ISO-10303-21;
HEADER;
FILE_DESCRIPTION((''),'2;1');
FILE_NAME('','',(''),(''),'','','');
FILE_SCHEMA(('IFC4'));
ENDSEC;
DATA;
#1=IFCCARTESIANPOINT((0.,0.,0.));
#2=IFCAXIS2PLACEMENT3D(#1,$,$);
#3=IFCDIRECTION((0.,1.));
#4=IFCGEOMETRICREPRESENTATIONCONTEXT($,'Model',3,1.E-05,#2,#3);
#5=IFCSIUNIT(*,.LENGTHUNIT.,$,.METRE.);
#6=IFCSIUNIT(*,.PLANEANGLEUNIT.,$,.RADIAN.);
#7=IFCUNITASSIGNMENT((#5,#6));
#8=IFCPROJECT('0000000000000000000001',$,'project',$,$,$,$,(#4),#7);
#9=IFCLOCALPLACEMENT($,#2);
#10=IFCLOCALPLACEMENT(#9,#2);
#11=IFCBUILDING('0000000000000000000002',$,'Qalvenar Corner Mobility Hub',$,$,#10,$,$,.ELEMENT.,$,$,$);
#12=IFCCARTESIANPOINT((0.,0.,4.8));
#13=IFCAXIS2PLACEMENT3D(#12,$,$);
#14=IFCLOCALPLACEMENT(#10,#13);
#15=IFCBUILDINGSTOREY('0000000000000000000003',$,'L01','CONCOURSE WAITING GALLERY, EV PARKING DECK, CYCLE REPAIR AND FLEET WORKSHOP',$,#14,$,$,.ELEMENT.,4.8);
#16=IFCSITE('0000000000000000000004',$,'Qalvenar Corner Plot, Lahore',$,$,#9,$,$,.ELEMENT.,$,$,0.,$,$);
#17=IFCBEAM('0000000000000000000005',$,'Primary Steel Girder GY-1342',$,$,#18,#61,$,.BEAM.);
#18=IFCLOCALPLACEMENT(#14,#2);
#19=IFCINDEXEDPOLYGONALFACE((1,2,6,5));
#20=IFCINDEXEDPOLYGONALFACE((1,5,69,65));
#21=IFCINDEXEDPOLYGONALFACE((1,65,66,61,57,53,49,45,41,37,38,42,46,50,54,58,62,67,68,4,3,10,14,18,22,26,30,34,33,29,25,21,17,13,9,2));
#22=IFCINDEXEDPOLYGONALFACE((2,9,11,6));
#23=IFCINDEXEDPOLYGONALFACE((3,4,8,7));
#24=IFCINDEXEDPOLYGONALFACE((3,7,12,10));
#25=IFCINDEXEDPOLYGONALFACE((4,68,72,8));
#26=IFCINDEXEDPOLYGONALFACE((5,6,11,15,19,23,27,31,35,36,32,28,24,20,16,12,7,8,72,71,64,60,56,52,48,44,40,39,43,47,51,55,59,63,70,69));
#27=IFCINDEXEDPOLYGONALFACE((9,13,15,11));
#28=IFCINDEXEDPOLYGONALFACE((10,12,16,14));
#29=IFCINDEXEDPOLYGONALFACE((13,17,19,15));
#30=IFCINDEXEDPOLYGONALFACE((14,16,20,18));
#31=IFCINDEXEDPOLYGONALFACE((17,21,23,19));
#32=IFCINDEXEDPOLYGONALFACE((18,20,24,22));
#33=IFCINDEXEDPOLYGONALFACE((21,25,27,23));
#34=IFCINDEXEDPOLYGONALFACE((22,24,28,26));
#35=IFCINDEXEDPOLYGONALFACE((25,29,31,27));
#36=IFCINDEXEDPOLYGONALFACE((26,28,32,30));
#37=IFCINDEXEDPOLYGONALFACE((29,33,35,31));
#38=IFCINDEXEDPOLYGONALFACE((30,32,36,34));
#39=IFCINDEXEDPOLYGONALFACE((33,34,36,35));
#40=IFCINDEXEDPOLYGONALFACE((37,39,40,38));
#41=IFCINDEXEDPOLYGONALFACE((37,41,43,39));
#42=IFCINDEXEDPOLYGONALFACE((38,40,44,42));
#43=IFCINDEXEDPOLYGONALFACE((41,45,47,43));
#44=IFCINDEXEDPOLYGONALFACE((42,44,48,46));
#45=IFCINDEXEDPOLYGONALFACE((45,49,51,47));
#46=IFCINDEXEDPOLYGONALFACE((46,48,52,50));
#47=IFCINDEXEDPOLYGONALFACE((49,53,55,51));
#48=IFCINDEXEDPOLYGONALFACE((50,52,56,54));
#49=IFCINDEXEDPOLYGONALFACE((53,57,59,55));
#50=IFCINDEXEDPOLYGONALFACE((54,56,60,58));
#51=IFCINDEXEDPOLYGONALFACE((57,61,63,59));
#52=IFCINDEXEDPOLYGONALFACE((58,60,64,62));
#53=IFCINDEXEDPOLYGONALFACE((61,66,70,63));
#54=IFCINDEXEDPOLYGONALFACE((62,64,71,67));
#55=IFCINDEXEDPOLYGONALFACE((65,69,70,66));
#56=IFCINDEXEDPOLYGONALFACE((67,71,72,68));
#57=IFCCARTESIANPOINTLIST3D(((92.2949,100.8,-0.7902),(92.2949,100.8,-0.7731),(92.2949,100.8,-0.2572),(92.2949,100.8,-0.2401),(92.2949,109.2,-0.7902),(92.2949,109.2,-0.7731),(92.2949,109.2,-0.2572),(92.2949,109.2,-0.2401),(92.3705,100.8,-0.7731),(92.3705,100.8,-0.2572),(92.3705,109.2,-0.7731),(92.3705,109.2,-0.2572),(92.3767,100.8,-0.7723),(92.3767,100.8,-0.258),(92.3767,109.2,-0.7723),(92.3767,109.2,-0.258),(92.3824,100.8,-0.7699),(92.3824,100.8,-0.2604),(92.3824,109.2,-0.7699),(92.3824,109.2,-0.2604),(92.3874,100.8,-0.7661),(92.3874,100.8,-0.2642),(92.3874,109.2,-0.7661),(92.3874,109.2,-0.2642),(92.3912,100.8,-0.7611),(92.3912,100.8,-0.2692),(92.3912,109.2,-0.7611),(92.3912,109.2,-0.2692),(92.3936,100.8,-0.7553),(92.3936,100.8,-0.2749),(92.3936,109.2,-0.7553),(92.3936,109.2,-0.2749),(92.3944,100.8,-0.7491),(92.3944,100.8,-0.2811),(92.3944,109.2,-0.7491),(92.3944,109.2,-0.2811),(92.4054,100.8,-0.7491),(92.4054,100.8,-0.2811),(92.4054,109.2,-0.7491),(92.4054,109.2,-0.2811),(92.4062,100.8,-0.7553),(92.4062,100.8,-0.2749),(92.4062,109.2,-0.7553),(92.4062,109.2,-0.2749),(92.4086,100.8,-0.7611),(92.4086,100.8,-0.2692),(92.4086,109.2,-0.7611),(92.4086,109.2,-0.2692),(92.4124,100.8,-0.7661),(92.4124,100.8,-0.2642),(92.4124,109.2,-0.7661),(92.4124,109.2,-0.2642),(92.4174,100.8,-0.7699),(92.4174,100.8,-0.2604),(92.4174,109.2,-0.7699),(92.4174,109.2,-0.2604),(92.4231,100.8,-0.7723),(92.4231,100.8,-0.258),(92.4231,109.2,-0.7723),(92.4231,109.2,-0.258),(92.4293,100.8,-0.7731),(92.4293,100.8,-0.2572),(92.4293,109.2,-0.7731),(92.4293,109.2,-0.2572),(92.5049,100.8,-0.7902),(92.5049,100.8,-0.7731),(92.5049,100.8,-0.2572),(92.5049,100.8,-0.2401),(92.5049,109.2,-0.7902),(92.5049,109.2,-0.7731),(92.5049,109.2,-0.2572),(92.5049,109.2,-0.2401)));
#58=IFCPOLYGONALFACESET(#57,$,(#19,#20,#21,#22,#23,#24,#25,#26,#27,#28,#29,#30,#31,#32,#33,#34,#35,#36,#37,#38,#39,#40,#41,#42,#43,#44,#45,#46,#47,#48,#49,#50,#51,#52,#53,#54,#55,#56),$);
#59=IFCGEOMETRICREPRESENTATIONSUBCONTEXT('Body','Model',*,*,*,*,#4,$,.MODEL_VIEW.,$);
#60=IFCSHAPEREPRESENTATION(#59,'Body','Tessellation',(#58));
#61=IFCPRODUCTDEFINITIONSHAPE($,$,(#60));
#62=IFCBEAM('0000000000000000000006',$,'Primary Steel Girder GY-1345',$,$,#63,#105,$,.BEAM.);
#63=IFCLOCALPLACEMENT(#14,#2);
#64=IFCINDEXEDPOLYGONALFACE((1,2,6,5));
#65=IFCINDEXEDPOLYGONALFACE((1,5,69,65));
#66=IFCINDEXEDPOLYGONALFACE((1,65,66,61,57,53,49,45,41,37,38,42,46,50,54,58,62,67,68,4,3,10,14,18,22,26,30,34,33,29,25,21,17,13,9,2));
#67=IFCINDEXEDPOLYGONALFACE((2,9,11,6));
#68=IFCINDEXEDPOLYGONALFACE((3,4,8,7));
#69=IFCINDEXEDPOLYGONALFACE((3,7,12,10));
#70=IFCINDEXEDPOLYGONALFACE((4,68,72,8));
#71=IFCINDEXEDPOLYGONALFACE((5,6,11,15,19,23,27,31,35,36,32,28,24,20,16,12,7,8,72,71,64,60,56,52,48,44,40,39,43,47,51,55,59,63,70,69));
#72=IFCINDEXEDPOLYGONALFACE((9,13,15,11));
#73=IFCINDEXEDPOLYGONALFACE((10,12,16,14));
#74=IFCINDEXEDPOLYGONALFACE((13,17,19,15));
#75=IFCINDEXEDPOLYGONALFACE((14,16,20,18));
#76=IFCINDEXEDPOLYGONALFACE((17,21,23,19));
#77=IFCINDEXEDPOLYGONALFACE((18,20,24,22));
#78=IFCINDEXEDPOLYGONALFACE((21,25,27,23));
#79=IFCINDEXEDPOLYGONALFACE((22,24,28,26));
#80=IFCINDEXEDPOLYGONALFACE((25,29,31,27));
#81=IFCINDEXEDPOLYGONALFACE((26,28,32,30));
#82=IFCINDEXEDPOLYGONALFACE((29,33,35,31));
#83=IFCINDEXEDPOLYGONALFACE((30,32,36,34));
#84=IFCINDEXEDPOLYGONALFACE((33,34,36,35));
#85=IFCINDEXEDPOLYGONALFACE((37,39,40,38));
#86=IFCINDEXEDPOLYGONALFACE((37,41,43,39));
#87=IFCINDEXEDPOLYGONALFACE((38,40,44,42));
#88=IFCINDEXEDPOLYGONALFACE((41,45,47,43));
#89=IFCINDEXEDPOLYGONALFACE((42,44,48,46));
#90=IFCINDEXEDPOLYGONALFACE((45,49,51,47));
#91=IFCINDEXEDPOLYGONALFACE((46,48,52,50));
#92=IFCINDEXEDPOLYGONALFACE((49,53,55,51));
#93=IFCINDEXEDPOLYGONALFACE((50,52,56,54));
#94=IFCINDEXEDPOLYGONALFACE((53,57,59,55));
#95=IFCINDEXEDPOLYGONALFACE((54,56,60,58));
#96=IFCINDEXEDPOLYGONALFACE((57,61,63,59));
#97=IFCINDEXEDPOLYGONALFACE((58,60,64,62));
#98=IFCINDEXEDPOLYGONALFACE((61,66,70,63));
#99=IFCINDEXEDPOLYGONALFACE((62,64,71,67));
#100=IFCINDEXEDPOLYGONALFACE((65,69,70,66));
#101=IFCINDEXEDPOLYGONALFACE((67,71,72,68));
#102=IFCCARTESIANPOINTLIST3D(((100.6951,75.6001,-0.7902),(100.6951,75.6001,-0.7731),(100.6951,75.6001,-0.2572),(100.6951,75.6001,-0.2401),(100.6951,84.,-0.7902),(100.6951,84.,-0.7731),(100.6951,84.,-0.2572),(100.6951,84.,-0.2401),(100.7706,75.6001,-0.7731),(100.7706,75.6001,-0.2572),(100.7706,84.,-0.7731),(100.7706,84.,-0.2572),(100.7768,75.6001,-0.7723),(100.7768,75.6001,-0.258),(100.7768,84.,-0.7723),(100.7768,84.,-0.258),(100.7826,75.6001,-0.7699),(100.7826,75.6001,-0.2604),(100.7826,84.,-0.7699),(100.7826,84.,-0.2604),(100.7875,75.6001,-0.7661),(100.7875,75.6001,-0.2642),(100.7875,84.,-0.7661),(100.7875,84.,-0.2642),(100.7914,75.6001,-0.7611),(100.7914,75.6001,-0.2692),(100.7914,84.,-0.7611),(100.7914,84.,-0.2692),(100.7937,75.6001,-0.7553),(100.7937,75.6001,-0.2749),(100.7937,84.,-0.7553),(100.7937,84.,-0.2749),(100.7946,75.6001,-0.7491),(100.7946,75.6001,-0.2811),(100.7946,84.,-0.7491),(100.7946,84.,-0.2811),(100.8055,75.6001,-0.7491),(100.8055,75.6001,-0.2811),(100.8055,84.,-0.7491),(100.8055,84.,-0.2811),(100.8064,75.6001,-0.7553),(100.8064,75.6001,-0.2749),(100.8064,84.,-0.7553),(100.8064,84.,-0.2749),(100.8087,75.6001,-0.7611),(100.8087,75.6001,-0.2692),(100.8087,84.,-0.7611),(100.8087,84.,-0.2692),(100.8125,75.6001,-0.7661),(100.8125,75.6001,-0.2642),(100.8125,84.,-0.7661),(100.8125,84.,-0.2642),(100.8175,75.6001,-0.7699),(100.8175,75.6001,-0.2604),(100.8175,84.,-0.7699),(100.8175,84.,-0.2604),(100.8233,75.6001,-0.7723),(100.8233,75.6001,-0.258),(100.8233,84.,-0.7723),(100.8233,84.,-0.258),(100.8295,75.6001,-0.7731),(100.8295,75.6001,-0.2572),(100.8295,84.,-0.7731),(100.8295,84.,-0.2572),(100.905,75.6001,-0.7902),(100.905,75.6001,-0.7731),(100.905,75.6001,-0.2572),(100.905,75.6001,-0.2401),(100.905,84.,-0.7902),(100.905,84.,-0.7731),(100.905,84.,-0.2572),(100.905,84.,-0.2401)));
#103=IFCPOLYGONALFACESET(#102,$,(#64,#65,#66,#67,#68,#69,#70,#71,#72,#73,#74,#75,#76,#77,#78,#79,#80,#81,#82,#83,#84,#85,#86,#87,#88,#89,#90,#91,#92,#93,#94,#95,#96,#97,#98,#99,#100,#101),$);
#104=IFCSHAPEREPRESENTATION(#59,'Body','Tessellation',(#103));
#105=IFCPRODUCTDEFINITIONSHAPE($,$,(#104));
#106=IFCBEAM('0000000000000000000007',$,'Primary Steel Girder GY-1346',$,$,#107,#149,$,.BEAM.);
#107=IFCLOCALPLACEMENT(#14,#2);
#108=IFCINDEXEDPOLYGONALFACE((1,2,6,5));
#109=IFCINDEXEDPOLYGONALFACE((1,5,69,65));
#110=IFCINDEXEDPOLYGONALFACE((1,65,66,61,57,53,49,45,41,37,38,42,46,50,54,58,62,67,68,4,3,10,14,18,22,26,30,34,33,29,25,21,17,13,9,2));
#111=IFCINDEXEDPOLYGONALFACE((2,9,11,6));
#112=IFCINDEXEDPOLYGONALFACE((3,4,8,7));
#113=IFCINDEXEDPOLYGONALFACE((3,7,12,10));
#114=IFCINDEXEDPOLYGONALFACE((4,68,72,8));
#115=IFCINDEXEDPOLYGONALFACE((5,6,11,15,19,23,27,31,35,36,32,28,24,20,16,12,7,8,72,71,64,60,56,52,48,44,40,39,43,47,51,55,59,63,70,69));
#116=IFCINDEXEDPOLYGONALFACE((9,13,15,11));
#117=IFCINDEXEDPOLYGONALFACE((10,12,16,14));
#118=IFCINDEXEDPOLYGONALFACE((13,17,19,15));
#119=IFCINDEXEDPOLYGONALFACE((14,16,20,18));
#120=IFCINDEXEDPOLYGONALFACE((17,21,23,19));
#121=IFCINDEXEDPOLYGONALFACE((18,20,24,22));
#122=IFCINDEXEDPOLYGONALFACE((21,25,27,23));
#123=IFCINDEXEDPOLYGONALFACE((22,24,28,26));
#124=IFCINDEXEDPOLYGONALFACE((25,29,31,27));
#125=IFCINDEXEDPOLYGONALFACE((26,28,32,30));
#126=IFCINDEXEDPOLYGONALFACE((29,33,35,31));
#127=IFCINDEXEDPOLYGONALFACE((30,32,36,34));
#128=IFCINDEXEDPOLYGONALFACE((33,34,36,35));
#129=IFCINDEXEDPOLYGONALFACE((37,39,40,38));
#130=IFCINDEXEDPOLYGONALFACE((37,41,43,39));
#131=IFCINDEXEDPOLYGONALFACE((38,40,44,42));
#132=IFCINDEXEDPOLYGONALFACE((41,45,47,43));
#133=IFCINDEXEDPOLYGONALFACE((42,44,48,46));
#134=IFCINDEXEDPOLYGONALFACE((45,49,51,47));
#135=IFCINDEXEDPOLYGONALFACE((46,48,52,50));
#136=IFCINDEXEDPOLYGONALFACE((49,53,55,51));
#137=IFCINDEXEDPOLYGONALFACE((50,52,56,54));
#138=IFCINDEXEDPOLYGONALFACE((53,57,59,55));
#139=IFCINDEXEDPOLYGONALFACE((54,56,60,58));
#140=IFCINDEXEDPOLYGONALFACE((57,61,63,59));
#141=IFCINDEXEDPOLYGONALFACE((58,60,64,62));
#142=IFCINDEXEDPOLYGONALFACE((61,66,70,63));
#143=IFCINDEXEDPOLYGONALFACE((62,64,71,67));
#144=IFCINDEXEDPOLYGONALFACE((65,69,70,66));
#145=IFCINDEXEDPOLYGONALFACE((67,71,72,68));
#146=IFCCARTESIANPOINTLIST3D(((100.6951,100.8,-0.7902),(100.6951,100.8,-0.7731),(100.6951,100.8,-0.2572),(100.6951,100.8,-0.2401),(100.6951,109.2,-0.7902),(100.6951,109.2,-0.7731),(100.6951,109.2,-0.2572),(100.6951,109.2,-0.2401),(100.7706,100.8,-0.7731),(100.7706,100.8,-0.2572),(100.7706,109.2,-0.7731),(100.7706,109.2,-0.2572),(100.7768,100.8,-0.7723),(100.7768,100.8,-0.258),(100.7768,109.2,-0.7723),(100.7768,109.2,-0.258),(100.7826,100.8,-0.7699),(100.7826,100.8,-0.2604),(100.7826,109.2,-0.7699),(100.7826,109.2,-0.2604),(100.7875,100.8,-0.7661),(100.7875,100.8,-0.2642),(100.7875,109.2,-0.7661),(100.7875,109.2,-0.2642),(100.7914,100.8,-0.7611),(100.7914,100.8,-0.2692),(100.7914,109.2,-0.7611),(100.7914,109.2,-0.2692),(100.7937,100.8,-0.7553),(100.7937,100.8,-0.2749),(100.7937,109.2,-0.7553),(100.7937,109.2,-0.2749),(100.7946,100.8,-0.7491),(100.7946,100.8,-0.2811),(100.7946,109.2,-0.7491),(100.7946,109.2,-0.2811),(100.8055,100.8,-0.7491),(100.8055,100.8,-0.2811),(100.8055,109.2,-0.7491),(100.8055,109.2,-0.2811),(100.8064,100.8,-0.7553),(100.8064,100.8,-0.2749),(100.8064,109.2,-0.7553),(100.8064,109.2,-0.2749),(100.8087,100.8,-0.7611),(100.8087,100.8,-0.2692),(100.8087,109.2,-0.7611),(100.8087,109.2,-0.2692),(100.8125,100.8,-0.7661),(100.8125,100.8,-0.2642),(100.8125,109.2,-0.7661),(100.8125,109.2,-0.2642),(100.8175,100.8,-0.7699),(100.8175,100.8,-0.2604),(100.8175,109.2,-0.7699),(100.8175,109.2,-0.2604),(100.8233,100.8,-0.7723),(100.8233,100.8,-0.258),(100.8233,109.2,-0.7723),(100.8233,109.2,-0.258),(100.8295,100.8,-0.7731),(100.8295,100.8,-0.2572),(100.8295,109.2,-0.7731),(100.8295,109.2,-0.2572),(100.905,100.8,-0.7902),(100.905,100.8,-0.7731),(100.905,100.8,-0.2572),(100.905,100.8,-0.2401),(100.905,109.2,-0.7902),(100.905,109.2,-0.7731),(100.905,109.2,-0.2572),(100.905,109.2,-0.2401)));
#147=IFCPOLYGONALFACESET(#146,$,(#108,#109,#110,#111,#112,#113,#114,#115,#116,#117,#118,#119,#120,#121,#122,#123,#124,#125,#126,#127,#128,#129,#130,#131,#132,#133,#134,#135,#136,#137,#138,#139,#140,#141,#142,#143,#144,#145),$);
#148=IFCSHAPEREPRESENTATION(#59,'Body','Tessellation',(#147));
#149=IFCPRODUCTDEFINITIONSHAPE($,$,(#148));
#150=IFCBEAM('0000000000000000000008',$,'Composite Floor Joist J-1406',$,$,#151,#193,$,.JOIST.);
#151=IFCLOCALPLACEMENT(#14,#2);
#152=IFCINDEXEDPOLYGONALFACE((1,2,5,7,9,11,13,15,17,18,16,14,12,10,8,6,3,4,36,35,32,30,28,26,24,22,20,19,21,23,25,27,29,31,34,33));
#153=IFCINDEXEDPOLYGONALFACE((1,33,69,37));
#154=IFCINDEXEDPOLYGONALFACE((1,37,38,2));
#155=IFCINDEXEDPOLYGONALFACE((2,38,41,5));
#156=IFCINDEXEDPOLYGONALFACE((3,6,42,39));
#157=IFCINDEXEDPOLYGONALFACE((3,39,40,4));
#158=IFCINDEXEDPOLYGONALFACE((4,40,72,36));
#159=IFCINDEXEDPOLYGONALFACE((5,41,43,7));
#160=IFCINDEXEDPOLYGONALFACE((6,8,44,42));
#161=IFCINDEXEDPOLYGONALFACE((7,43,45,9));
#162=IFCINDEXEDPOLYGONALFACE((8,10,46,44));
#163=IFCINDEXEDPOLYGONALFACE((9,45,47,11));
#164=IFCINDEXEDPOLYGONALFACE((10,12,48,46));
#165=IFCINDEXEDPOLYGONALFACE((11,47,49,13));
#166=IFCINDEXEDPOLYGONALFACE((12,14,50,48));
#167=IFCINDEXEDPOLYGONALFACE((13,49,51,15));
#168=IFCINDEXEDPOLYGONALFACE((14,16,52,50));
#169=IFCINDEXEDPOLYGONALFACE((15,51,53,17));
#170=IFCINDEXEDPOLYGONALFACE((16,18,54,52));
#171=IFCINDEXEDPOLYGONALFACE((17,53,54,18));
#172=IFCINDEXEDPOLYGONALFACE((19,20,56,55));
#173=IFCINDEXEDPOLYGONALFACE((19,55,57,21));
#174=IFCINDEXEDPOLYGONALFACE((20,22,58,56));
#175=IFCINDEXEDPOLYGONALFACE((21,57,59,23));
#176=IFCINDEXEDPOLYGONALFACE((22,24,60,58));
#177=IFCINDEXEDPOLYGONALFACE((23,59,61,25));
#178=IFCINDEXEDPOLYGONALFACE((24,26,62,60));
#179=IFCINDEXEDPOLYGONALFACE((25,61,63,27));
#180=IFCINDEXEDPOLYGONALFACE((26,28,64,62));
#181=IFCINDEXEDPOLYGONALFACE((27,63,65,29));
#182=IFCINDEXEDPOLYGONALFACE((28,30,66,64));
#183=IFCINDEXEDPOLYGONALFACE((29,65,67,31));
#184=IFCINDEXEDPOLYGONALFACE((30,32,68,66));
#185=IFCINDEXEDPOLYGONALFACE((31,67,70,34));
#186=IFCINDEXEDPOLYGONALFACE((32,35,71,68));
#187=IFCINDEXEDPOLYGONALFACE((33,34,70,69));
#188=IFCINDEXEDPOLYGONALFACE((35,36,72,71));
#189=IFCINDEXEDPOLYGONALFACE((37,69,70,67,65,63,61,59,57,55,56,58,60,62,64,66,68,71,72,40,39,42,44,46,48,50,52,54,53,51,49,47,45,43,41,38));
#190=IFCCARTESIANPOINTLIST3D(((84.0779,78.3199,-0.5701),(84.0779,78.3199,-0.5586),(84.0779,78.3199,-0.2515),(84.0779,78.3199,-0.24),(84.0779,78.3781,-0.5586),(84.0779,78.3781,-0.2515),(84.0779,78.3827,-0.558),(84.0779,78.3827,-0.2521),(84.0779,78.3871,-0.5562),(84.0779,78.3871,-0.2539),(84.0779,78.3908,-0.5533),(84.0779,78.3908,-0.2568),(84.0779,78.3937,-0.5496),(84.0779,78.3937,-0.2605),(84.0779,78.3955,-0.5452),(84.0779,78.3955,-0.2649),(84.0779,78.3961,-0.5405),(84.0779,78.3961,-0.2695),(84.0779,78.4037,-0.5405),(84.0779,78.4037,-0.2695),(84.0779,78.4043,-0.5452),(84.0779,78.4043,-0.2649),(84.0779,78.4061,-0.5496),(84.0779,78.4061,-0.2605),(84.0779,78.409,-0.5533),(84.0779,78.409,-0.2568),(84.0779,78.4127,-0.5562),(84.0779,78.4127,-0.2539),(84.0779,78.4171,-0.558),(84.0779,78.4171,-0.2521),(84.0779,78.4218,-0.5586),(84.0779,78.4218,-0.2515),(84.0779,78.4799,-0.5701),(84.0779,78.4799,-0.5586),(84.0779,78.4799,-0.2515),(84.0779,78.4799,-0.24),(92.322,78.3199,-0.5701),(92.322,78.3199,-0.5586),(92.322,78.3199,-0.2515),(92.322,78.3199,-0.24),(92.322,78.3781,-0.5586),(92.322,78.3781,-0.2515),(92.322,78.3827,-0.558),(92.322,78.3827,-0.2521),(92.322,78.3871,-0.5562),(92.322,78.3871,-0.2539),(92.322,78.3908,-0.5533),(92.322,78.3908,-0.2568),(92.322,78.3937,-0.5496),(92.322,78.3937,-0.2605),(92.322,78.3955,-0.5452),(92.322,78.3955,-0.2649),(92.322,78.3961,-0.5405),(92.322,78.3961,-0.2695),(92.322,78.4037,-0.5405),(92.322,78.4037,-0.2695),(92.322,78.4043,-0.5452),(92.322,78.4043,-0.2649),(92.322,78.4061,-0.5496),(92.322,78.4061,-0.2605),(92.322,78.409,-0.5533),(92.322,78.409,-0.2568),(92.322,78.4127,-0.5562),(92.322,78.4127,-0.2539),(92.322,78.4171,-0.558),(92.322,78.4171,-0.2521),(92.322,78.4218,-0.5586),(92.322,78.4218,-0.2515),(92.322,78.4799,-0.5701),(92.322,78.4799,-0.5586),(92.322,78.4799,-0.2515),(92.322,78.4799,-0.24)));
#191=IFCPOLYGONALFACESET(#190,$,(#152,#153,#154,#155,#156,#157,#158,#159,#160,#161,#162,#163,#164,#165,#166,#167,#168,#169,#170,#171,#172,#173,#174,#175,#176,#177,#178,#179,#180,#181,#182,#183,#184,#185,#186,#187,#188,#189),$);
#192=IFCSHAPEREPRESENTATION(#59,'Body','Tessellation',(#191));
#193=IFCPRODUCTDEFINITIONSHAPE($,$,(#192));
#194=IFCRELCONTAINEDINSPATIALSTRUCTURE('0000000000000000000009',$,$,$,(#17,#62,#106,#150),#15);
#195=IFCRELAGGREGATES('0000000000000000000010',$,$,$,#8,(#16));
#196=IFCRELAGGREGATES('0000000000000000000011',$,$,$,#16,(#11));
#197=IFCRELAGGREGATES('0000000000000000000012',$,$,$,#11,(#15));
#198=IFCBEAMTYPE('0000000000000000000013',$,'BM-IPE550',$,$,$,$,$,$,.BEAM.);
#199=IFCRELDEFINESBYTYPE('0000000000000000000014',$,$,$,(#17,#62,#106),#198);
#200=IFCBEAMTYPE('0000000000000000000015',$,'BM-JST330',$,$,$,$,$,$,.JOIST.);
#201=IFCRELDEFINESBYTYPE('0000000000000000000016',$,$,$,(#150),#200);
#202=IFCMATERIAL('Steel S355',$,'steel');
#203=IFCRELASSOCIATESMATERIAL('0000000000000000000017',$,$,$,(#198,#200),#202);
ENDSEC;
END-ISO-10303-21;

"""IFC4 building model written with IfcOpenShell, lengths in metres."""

from ifc_helpers import new_model, si_unit, direction, frame, origin, origin_2d, place, context, subcontext, project, spatial, i_section, extrude, material, material_profile, profile_set, type_object, element, save


model = new_model("IFC4")

# Units and contexts
model_context = context("Model", 3, precision=1e-05, world=origin(), true_north=direction((0.0, 1.0)))
body_context = subcontext(model_context, "Body", "Model", "MODEL_VIEW")
ifc_project = project(units=[si_unit("LENGTHUNIT", "METRE"), si_unit("PLANEANGLEUNIT", "RADIAN")], contexts=[model_context])

# Site, building, storey
site_placement = place(None, origin())
site = spatial("IfcSite", under=ifc_project, at=site_placement, Name="Qalvenar Corner Plot, Lahore", CompositionType="ELEMENT", RefElevation=0.0)
building_placement = place(site_placement, origin())
building = spatial("IfcBuilding", under=site, at=building_placement, Name="Qalvenar Corner Mobility Hub", CompositionType="ELEMENT")
storey_placement = place(building_placement, frame((0.0, 0.0, 4.8)))
storey = spatial("IfcBuildingStorey", under=building, at=storey_placement, Name="L01", Description="CONCOURSE WAITING GALLERY, EV PARKING DECK, CYCLE REPAIR AND FLEET WORKSHOP", CompositionType="ELEMENT", Elevation=4.8)

# Shared definitions
ifc_material_1 = material(Name="Steel S355", Category="steel")

# Beams
ifc_material_profile_1 = material_profile(ifc_material_1, i_section(OverallWidth=0.21, OverallDepth=0.55, WebThickness=0.011, FlangeThickness=0.0171, FilletRadius=0.0239, at=origin_2d()), Name="IPE550")
ifc_profile_set_1 = profile_set([ifc_material_profile_1], Name="Steel S355")
beam_type_1 = type_object("IfcBeamType", Name="BM-IPE550", PredefinedType="BEAM", material=ifc_profile_set_1)
for number, where, z_axis, x_axis, name in (
    (1, (92.3999, 100.8, -0.5151), (0.0, 1.0, 0.0), (-1.0, 0.0, 0.0), "Primary Steel Girder GY-1342"),
    (2, (100.8, 75.6001, -0.5151), (0.0, 1.0, 0.0), (-1.0, 0.0, 0.0), "Primary Steel Girder GY-1345"),
    (3, (100.8, 100.8, -0.5151), (0.0, 1.0, 0.0), (-1.0, 0.0, 0.0), "Primary Steel Girder GY-1346"),
):
    element("IfcBeam", number, at=place(storey_placement, frame(where, z_axis=z_axis, x_axis=x_axis)), inside=storey, type_object=beam_type_1, Name=name, PredefinedType="BEAM", context=body_context, shape_type="SweptSolid", body=[
        extrude(i_section(OverallWidth=0.21, OverallDepth=0.55, WebThickness=0.011, FlangeThickness=0.0171, FilletRadius=0.0239, at=origin_2d()), origin(), (0.0, 0.0, 1.0), 8.3999),
    ])
ifc_material_profile_2 = material_profile(ifc_material_1, i_section(OverallWidth=0.1599, OverallDepth=0.3301, WebThickness=0.0076, FlangeThickness=0.0115, FilletRadius=0.0181, at=origin_2d()), Name="IPE330")
ifc_profile_set_2 = profile_set([ifc_material_profile_2], Name="Steel S355")
beam_type_2 = type_object("IfcBeamType", Name="BM-JST330", PredefinedType="JOIST", material=ifc_profile_set_2)
for number, where, z_axis, x_axis, name in (
    (4, (84.0779, 78.3999, -0.405), (1.0, 0.0, 0.0), (0.0, 1.0, 0.0), "Composite Floor Joist J-1406"),
):
    element("IfcBeam", number, at=place(storey_placement, frame(where, z_axis=z_axis, x_axis=x_axis)), inside=storey, type_object=beam_type_2, Name=name, PredefinedType="JOIST", context=body_context, shape_type="SweptSolid", body=[
        extrude(i_section(OverallWidth=0.1599, OverallDepth=0.3301, WebThickness=0.0076, FlangeThickness=0.0115, FilletRadius=0.0181, at=origin_2d()), origin(), (0.0, 0.0, 1.0), 8.2441),
    ])

save(model, "model.ifc")
